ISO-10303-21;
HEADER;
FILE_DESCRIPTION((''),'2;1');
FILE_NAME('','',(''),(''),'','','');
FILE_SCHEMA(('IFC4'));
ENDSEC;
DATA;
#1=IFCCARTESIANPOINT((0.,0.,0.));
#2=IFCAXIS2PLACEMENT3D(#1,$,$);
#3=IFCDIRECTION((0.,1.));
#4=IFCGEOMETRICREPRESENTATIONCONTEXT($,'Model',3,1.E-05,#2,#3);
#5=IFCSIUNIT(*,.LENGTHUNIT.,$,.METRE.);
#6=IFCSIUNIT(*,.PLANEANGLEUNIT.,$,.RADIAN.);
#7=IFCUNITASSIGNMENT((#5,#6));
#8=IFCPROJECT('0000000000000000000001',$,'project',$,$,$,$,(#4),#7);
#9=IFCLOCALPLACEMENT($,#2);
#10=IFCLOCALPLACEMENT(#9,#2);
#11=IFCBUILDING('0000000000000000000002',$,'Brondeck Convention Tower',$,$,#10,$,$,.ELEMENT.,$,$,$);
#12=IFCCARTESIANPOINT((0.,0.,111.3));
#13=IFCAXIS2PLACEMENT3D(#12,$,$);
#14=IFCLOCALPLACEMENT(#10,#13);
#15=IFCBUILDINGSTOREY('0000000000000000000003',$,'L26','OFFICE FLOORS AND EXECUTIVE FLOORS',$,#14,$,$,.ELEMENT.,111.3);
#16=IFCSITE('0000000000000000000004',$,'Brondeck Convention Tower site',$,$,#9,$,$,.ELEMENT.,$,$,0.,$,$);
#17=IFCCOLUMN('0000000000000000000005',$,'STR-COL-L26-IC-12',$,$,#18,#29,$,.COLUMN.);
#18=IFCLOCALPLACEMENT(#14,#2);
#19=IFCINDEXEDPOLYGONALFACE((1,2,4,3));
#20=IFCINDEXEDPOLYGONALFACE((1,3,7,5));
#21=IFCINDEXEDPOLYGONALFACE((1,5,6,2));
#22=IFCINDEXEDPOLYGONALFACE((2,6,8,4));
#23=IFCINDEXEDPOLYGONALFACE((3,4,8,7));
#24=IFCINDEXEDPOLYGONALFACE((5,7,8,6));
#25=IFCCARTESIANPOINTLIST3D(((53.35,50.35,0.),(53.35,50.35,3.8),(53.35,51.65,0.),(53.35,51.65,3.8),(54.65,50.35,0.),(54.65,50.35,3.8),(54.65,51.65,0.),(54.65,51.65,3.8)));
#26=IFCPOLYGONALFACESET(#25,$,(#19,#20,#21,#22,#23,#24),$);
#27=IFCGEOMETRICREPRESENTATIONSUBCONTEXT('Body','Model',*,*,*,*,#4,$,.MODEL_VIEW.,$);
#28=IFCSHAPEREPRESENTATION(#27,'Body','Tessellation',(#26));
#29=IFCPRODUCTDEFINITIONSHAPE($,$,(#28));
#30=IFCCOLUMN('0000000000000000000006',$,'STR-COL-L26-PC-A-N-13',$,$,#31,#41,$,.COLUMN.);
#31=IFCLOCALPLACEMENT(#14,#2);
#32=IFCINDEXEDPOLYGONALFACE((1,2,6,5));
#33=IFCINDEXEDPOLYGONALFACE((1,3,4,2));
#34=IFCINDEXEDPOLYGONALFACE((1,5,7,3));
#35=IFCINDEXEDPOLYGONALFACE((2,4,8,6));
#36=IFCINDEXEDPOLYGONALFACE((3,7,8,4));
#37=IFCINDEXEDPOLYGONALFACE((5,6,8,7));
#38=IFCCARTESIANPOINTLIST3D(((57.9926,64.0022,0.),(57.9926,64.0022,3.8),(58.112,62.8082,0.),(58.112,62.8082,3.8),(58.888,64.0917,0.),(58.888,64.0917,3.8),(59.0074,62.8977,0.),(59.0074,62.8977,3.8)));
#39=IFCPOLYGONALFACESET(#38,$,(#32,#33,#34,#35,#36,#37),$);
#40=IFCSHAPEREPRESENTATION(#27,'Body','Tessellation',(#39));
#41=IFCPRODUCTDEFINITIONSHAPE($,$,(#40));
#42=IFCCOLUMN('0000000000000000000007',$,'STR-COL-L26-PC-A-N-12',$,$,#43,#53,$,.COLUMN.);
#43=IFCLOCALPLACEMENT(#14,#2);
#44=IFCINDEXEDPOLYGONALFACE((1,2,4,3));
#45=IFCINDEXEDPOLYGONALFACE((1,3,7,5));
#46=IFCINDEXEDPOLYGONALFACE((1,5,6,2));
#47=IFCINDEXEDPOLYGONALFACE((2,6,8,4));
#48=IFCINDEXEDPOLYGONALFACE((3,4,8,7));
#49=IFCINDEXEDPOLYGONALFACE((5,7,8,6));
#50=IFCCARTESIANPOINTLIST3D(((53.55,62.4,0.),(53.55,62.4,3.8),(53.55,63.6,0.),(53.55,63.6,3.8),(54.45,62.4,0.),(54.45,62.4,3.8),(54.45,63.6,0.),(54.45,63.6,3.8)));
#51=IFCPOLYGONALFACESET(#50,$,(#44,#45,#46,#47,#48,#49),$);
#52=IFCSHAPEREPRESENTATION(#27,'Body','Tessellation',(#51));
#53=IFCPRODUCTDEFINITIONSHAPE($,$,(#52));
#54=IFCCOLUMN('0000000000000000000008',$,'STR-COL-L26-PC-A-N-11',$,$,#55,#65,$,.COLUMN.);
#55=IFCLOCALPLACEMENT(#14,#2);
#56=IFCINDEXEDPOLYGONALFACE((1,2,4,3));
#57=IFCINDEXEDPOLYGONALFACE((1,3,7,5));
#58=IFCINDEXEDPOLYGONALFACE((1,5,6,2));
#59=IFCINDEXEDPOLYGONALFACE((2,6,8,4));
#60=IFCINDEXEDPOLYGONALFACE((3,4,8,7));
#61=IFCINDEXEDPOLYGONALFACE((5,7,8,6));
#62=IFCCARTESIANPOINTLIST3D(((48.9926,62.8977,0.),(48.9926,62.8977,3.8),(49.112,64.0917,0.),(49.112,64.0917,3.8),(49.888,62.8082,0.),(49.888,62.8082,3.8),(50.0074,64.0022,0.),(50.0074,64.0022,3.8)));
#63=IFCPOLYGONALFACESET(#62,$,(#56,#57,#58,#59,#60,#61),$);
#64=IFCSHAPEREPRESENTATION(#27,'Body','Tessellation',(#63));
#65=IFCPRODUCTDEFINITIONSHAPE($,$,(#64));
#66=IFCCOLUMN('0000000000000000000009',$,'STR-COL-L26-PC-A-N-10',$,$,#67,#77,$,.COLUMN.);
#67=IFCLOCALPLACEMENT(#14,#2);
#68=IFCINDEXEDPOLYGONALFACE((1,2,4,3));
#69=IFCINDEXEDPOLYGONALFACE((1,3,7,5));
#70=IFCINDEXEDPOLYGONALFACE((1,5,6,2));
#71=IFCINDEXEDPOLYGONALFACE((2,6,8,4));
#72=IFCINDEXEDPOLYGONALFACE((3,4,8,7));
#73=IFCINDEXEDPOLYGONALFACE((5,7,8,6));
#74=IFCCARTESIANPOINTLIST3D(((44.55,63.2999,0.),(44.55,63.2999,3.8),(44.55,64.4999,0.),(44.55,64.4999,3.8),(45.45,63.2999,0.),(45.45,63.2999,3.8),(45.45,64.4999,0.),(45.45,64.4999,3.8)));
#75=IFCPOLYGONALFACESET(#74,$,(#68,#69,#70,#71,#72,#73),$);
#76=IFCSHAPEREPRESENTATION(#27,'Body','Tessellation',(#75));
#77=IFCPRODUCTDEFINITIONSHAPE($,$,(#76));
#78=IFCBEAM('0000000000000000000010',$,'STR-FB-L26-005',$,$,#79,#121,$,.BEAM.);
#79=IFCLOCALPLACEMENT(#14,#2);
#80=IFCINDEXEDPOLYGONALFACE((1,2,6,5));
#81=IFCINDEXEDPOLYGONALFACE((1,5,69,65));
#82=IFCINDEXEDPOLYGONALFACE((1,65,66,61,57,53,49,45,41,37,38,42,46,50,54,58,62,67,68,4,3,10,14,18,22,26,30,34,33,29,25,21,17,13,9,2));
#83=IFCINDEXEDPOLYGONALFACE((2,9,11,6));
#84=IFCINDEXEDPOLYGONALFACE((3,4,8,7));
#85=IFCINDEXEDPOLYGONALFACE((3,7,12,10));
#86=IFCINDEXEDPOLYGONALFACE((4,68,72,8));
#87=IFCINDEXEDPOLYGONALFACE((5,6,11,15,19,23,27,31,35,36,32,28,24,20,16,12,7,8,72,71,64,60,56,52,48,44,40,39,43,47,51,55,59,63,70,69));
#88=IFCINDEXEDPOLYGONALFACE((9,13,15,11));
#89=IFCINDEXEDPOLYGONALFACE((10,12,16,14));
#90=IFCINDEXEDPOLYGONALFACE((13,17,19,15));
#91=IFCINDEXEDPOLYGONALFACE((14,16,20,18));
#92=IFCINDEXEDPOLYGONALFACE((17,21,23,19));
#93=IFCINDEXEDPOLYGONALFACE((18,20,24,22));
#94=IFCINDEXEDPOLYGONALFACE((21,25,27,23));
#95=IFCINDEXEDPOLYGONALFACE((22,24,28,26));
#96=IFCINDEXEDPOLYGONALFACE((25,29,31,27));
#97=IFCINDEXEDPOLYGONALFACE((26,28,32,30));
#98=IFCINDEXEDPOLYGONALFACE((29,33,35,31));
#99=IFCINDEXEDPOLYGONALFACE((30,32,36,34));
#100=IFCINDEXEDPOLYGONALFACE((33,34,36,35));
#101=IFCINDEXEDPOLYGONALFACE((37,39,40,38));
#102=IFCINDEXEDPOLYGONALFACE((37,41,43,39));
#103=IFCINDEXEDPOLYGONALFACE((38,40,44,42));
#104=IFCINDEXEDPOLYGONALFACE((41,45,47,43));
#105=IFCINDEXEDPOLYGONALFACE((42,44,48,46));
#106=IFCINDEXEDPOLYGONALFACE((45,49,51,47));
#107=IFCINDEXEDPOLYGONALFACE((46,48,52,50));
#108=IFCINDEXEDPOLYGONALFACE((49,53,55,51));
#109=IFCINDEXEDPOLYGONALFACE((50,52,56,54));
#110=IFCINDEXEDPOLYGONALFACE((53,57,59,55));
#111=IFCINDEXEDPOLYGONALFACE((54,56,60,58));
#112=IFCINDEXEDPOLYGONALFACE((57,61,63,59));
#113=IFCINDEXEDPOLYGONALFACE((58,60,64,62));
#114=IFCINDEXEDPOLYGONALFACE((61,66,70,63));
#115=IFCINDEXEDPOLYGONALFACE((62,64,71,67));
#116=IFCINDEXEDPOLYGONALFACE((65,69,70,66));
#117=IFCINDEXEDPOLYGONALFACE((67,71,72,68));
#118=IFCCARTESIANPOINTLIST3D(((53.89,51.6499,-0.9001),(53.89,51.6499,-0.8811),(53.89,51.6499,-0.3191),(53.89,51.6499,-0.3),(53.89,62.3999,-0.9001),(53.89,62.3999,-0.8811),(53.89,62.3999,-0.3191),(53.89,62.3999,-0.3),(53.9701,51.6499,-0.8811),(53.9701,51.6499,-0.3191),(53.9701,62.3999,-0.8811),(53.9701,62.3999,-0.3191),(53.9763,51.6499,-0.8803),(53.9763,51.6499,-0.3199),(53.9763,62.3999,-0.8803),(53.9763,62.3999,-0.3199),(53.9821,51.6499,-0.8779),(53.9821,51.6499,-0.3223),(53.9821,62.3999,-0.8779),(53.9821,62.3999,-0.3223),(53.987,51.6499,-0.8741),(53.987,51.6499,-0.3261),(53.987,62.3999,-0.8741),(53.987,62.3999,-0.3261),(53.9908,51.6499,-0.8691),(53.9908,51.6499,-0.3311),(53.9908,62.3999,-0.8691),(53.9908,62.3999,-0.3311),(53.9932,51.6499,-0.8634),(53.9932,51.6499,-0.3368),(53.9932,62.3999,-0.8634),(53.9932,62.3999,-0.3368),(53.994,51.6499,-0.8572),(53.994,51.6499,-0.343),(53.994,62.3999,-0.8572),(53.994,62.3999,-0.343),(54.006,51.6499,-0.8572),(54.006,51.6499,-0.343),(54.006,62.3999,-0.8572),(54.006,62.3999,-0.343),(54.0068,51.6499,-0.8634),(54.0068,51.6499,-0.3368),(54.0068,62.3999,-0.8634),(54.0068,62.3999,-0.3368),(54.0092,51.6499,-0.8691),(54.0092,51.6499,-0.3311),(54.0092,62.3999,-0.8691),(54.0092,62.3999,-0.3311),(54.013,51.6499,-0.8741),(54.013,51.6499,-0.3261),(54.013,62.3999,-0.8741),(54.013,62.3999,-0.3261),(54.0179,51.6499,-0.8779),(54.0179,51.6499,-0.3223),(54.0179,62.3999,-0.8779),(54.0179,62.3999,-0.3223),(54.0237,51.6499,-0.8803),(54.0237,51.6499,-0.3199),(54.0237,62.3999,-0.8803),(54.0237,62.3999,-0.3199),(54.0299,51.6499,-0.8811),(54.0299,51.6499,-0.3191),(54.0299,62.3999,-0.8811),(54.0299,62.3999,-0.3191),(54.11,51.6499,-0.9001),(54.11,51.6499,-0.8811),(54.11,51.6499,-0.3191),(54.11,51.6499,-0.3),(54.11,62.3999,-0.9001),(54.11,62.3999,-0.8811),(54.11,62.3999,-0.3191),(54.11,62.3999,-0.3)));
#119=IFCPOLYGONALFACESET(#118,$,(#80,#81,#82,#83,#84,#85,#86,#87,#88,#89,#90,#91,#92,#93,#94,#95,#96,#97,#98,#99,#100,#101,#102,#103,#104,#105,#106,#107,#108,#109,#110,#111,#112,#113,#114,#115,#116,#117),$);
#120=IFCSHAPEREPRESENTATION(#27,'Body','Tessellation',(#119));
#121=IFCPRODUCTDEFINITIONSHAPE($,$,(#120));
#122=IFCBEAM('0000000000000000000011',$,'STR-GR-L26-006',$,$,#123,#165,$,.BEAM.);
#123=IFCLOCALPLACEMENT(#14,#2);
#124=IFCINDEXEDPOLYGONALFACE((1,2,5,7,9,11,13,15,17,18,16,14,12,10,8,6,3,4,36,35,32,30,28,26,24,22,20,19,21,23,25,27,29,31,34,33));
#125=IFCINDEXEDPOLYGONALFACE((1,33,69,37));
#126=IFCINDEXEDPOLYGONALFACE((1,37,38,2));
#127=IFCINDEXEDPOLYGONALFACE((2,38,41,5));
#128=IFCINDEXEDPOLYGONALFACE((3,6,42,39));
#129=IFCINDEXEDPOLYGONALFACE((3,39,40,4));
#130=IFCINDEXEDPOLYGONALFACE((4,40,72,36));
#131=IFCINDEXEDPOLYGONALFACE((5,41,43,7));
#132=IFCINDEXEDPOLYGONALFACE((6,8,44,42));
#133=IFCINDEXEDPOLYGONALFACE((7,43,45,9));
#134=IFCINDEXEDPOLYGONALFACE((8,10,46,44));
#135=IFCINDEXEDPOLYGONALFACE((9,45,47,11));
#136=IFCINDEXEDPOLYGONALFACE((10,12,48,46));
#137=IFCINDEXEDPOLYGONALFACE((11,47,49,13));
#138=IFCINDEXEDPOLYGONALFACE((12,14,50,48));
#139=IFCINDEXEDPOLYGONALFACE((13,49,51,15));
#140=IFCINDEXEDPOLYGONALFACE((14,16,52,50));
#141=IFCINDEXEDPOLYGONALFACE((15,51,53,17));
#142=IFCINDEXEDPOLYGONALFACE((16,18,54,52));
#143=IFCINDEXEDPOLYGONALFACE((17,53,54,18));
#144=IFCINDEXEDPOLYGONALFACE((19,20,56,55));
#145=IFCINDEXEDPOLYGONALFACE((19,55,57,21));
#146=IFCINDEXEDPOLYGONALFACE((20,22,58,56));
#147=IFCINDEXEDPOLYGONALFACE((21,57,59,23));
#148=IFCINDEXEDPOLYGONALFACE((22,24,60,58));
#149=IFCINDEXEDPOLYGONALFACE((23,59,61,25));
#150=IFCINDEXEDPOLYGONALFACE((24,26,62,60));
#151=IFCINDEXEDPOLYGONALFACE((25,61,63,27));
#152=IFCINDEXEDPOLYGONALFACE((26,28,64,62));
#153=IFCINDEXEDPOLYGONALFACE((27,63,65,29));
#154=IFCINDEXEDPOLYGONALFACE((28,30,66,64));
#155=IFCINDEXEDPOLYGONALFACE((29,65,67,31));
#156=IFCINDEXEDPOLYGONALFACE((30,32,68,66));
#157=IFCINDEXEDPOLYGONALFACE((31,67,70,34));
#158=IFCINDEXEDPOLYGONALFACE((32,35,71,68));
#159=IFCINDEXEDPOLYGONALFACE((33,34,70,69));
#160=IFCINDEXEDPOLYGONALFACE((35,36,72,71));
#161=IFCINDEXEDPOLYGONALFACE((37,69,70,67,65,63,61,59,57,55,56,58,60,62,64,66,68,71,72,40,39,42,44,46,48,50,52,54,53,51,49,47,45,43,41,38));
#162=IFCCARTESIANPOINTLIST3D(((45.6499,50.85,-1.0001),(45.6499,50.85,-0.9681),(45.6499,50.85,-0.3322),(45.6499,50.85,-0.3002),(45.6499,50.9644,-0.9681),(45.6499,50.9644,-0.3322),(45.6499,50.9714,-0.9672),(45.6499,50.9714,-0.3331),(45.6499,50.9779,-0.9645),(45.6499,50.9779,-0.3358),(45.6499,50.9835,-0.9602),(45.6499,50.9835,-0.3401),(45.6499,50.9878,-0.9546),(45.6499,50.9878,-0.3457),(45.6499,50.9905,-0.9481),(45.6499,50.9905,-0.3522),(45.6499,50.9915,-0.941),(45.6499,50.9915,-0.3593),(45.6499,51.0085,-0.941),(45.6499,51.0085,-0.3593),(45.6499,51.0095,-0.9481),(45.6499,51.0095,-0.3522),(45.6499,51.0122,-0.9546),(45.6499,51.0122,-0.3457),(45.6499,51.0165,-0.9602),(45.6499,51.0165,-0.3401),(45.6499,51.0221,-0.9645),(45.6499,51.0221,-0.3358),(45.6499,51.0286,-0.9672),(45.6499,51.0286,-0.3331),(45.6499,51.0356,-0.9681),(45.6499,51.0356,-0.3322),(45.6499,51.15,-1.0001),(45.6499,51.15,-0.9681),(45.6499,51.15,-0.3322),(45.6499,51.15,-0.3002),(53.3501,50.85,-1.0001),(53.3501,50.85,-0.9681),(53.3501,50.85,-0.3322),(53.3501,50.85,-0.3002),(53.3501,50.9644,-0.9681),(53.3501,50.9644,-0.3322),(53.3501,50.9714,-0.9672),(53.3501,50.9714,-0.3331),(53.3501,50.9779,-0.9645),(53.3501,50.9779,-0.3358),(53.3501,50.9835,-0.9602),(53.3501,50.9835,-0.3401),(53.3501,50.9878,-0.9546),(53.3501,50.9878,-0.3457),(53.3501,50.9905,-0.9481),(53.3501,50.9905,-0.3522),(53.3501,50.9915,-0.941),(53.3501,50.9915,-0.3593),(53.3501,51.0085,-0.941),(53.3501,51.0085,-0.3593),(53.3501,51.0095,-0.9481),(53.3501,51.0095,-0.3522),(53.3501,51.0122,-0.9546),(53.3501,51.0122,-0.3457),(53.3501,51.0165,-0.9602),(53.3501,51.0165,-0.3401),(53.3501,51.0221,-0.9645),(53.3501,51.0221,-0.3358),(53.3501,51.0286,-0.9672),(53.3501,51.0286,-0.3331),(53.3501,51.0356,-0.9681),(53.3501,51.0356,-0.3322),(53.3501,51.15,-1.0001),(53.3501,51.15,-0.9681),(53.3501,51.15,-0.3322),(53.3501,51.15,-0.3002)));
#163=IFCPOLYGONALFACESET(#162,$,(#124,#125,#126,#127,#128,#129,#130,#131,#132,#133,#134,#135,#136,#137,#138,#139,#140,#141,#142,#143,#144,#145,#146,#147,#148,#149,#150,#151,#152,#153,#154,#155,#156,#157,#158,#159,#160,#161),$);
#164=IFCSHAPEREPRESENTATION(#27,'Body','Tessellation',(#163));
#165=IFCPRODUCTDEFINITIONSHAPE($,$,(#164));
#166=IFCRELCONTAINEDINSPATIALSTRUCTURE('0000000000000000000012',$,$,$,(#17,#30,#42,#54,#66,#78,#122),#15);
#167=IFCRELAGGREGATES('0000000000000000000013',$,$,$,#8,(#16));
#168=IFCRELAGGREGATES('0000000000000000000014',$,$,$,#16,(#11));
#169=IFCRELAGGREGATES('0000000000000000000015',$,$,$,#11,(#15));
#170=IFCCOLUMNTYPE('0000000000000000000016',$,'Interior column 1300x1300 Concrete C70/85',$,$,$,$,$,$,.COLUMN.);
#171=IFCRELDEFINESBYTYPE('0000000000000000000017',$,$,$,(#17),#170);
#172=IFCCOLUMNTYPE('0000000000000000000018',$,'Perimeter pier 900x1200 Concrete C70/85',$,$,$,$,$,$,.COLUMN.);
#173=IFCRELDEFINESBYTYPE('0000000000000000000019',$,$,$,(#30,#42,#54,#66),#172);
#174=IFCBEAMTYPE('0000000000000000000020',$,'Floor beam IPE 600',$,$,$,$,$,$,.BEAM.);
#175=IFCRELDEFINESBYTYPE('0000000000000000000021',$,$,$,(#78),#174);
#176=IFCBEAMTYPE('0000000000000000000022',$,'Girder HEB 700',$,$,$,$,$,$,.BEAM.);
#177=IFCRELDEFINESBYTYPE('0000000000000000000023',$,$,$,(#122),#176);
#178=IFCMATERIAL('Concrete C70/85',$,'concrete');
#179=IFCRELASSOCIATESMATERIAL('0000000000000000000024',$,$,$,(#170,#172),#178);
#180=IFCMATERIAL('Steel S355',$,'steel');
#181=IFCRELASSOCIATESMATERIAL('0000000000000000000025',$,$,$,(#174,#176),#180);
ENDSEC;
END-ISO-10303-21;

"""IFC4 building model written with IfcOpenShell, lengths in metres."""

from ifc_helpers import new_model, si_unit, direction, frame, origin, origin_2d, place, context, subcontext, project, spatial, rectangle, i_section, extrude, material, material_profile, profile_set, type_object, element, save


model = new_model("IFC4")

# Units and contexts
model_context = context("Model", 3, precision=1e-05, world=origin(), true_north=direction((0.0, 1.0)))
body_context = subcontext(model_context, "Body", "Model", "MODEL_VIEW")
ifc_project = project(units=[si_unit("LENGTHUNIT", "METRE"), si_unit("PLANEANGLEUNIT", "RADIAN")], contexts=[model_context])

# Site, building, storey
site_placement = place(None, origin())
site = spatial("IfcSite", under=ifc_project, at=site_placement, Name="Brondeck Convention Tower site", CompositionType="ELEMENT", RefElevation=0.0)
building_placement = place(site_placement, origin())
building = spatial("IfcBuilding", under=site, at=building_placement, Name="Brondeck Convention Tower", CompositionType="ELEMENT")
storey_placement = place(building_placement, frame((0.0, 0.0, 111.3)))
storey = spatial("IfcBuildingStorey", under=building, at=storey_placement, Name="L26", Description="OFFICE FLOORS AND EXECUTIVE FLOORS", CompositionType="ELEMENT", Elevation=111.3)

# Columns
ifc_material_1 = material(Name="Concrete C70/85", Category="concrete")
ifc_material_profile_1 = material_profile(ifc_material_1, rectangle(XDim=1.3, YDim=1.3, at=origin_2d()), Name="Interior column 1300x1300 Concrete C70/85")
ifc_profile_set_1 = profile_set([ifc_material_profile_1], Name="Concrete C70/85")
column_type_1 = type_object("IfcColumnType", Name="Interior column 1300x1300 Concrete C70/85", PredefinedType="COLUMN", material=ifc_profile_set_1)
column_placement = place(storey_placement, frame((54.0, 51.0, 0.0), z_axis=(0.0, 0.0, 1.0), x_axis=(1.0, 0.0, 0.0)))
element("IfcColumn", 1, at=column_placement, inside=storey, type_object=column_type_1, Name="STR-COL-L26-IC-12", PredefinedType="COLUMN", context=body_context, shape_type="SweptSolid", body=[
    extrude(rectangle(XDim=1.3, YDim=1.3, at=origin_2d()), origin(), (0.0, 0.0, 1.0), 3.8),
])
ifc_material_profile_2 = material_profile(ifc_material_1, rectangle(XDim=0.8999, YDim=1.2, at=origin_2d()), Name="Perimeter pier 900x1200 Concrete C70/85")
ifc_profile_set_2 = profile_set([ifc_material_profile_2], Name="Concrete C70/85")
column_type_2 = type_object("IfcColumnType", Name="Perimeter pier 900x1200 Concrete C70/85", PredefinedType="COLUMN", material=ifc_profile_set_2)
for number, where, z_axis, x_axis, name in (
    (2, (58.5, 63.45, 0.0), (0.0, 0.0, 1.0), (-0.995037, -0.099504, 0.0), "STR-COL-L26-PC-A-N-13"),
    (3, (54.0, 63.0, 0.0), (0.0, 0.0, 1.0), (-1.0, 0.0, 0.0), "STR-COL-L26-PC-A-N-12"),
    (4, (49.5, 63.45, 0.0), (0.0, 0.0, 1.0), (-0.995037, 0.099504, 0.0), "STR-COL-L26-PC-A-N-11"),
    (5, (45.0, 63.8999, 0.0), (0.0, 0.0, 1.0), (-1.0, 0.0, 0.0), "STR-COL-L26-PC-A-N-10"),
):
    element("IfcColumn", number, at=place(storey_placement, frame(where, z_axis=z_axis, x_axis=x_axis)), inside=storey, type_object=column_type_2, Name=name, PredefinedType="COLUMN", context=body_context, shape_type="SweptSolid", body=[
        extrude(rectangle(XDim=0.8999, YDim=1.2, at=origin_2d()), origin(), (0.0, 0.0, 1.0), 3.8),
    ])

# Beams
ifc_material_2 = material(Name="Steel S355", Category="steel")
ifc_material_profile_3 = material_profile(ifc_material_2, i_section(OverallWidth=0.22, OverallDepth=0.6001, WebThickness=0.012, FlangeThickness=0.019, FilletRadius=0.0239, at=origin_2d()), Name="IPE 600")
ifc_profile_set_3 = profile_set([ifc_material_profile_3], Name="Steel S355")
beam_type_1 = type_object("IfcBeamType", Name="Floor beam IPE 600", PredefinedType="BEAM", material=ifc_profile_set_3)
beam_placement = place(storey_placement, frame((54.0, 51.6499, -0.6001), z_axis=(0.0, 1.0, 0.0), x_axis=(-1.0, 0.0, 0.0)))
element("IfcBeam", 6, at=beam_placement, inside=storey, type_object=beam_type_1, Name="STR-FB-L26-005", PredefinedType="BEAM", context=body_context, shape_type="SweptSolid", body=[
    extrude(i_section(OverallWidth=0.22, OverallDepth=0.6001, WebThickness=0.012, FlangeThickness=0.019, FilletRadius=0.0239, at=origin_2d()), origin(), (0.0, 0.0, 1.0), 10.75),
])
ifc_material_profile_4 = material_profile(ifc_material_2, i_section(OverallWidth=0.3, OverallDepth=0.7, WebThickness=0.0171, FlangeThickness=0.032, FilletRadius=0.0271, at=origin_2d()), Name="HEB 700")
ifc_profile_set_4 = profile_set([ifc_material_profile_4], Name="Steel S355")
beam_type_2 = type_object("IfcBeamType", Name="Girder HEB 700", PredefinedType="BEAM", material=ifc_profile_set_4)
for number, where, z_axis, x_axis, name in (
    (7, (45.6499, 51.0, -0.6501), (1.0, 0.0, 0.0), (0.0, 1.0, 0.0), "STR-GR-L26-006"),
):
    element("IfcBeam", number, at=place(storey_placement, frame(where, z_axis=z_axis, x_axis=x_axis)), inside=storey, type_object=beam_type_2, Name=name, PredefinedType="BEAM", context=body_context, shape_type="SweptSolid", body=[
        extrude(i_section(OverallWidth=0.3, OverallDepth=0.7, WebThickness=0.0171, FlangeThickness=0.032, FilletRadius=0.0271, at=origin_2d()), origin(), (0.0, 0.0, 1.0), 7.7002),
    ])

save(model, "model.ifc")
